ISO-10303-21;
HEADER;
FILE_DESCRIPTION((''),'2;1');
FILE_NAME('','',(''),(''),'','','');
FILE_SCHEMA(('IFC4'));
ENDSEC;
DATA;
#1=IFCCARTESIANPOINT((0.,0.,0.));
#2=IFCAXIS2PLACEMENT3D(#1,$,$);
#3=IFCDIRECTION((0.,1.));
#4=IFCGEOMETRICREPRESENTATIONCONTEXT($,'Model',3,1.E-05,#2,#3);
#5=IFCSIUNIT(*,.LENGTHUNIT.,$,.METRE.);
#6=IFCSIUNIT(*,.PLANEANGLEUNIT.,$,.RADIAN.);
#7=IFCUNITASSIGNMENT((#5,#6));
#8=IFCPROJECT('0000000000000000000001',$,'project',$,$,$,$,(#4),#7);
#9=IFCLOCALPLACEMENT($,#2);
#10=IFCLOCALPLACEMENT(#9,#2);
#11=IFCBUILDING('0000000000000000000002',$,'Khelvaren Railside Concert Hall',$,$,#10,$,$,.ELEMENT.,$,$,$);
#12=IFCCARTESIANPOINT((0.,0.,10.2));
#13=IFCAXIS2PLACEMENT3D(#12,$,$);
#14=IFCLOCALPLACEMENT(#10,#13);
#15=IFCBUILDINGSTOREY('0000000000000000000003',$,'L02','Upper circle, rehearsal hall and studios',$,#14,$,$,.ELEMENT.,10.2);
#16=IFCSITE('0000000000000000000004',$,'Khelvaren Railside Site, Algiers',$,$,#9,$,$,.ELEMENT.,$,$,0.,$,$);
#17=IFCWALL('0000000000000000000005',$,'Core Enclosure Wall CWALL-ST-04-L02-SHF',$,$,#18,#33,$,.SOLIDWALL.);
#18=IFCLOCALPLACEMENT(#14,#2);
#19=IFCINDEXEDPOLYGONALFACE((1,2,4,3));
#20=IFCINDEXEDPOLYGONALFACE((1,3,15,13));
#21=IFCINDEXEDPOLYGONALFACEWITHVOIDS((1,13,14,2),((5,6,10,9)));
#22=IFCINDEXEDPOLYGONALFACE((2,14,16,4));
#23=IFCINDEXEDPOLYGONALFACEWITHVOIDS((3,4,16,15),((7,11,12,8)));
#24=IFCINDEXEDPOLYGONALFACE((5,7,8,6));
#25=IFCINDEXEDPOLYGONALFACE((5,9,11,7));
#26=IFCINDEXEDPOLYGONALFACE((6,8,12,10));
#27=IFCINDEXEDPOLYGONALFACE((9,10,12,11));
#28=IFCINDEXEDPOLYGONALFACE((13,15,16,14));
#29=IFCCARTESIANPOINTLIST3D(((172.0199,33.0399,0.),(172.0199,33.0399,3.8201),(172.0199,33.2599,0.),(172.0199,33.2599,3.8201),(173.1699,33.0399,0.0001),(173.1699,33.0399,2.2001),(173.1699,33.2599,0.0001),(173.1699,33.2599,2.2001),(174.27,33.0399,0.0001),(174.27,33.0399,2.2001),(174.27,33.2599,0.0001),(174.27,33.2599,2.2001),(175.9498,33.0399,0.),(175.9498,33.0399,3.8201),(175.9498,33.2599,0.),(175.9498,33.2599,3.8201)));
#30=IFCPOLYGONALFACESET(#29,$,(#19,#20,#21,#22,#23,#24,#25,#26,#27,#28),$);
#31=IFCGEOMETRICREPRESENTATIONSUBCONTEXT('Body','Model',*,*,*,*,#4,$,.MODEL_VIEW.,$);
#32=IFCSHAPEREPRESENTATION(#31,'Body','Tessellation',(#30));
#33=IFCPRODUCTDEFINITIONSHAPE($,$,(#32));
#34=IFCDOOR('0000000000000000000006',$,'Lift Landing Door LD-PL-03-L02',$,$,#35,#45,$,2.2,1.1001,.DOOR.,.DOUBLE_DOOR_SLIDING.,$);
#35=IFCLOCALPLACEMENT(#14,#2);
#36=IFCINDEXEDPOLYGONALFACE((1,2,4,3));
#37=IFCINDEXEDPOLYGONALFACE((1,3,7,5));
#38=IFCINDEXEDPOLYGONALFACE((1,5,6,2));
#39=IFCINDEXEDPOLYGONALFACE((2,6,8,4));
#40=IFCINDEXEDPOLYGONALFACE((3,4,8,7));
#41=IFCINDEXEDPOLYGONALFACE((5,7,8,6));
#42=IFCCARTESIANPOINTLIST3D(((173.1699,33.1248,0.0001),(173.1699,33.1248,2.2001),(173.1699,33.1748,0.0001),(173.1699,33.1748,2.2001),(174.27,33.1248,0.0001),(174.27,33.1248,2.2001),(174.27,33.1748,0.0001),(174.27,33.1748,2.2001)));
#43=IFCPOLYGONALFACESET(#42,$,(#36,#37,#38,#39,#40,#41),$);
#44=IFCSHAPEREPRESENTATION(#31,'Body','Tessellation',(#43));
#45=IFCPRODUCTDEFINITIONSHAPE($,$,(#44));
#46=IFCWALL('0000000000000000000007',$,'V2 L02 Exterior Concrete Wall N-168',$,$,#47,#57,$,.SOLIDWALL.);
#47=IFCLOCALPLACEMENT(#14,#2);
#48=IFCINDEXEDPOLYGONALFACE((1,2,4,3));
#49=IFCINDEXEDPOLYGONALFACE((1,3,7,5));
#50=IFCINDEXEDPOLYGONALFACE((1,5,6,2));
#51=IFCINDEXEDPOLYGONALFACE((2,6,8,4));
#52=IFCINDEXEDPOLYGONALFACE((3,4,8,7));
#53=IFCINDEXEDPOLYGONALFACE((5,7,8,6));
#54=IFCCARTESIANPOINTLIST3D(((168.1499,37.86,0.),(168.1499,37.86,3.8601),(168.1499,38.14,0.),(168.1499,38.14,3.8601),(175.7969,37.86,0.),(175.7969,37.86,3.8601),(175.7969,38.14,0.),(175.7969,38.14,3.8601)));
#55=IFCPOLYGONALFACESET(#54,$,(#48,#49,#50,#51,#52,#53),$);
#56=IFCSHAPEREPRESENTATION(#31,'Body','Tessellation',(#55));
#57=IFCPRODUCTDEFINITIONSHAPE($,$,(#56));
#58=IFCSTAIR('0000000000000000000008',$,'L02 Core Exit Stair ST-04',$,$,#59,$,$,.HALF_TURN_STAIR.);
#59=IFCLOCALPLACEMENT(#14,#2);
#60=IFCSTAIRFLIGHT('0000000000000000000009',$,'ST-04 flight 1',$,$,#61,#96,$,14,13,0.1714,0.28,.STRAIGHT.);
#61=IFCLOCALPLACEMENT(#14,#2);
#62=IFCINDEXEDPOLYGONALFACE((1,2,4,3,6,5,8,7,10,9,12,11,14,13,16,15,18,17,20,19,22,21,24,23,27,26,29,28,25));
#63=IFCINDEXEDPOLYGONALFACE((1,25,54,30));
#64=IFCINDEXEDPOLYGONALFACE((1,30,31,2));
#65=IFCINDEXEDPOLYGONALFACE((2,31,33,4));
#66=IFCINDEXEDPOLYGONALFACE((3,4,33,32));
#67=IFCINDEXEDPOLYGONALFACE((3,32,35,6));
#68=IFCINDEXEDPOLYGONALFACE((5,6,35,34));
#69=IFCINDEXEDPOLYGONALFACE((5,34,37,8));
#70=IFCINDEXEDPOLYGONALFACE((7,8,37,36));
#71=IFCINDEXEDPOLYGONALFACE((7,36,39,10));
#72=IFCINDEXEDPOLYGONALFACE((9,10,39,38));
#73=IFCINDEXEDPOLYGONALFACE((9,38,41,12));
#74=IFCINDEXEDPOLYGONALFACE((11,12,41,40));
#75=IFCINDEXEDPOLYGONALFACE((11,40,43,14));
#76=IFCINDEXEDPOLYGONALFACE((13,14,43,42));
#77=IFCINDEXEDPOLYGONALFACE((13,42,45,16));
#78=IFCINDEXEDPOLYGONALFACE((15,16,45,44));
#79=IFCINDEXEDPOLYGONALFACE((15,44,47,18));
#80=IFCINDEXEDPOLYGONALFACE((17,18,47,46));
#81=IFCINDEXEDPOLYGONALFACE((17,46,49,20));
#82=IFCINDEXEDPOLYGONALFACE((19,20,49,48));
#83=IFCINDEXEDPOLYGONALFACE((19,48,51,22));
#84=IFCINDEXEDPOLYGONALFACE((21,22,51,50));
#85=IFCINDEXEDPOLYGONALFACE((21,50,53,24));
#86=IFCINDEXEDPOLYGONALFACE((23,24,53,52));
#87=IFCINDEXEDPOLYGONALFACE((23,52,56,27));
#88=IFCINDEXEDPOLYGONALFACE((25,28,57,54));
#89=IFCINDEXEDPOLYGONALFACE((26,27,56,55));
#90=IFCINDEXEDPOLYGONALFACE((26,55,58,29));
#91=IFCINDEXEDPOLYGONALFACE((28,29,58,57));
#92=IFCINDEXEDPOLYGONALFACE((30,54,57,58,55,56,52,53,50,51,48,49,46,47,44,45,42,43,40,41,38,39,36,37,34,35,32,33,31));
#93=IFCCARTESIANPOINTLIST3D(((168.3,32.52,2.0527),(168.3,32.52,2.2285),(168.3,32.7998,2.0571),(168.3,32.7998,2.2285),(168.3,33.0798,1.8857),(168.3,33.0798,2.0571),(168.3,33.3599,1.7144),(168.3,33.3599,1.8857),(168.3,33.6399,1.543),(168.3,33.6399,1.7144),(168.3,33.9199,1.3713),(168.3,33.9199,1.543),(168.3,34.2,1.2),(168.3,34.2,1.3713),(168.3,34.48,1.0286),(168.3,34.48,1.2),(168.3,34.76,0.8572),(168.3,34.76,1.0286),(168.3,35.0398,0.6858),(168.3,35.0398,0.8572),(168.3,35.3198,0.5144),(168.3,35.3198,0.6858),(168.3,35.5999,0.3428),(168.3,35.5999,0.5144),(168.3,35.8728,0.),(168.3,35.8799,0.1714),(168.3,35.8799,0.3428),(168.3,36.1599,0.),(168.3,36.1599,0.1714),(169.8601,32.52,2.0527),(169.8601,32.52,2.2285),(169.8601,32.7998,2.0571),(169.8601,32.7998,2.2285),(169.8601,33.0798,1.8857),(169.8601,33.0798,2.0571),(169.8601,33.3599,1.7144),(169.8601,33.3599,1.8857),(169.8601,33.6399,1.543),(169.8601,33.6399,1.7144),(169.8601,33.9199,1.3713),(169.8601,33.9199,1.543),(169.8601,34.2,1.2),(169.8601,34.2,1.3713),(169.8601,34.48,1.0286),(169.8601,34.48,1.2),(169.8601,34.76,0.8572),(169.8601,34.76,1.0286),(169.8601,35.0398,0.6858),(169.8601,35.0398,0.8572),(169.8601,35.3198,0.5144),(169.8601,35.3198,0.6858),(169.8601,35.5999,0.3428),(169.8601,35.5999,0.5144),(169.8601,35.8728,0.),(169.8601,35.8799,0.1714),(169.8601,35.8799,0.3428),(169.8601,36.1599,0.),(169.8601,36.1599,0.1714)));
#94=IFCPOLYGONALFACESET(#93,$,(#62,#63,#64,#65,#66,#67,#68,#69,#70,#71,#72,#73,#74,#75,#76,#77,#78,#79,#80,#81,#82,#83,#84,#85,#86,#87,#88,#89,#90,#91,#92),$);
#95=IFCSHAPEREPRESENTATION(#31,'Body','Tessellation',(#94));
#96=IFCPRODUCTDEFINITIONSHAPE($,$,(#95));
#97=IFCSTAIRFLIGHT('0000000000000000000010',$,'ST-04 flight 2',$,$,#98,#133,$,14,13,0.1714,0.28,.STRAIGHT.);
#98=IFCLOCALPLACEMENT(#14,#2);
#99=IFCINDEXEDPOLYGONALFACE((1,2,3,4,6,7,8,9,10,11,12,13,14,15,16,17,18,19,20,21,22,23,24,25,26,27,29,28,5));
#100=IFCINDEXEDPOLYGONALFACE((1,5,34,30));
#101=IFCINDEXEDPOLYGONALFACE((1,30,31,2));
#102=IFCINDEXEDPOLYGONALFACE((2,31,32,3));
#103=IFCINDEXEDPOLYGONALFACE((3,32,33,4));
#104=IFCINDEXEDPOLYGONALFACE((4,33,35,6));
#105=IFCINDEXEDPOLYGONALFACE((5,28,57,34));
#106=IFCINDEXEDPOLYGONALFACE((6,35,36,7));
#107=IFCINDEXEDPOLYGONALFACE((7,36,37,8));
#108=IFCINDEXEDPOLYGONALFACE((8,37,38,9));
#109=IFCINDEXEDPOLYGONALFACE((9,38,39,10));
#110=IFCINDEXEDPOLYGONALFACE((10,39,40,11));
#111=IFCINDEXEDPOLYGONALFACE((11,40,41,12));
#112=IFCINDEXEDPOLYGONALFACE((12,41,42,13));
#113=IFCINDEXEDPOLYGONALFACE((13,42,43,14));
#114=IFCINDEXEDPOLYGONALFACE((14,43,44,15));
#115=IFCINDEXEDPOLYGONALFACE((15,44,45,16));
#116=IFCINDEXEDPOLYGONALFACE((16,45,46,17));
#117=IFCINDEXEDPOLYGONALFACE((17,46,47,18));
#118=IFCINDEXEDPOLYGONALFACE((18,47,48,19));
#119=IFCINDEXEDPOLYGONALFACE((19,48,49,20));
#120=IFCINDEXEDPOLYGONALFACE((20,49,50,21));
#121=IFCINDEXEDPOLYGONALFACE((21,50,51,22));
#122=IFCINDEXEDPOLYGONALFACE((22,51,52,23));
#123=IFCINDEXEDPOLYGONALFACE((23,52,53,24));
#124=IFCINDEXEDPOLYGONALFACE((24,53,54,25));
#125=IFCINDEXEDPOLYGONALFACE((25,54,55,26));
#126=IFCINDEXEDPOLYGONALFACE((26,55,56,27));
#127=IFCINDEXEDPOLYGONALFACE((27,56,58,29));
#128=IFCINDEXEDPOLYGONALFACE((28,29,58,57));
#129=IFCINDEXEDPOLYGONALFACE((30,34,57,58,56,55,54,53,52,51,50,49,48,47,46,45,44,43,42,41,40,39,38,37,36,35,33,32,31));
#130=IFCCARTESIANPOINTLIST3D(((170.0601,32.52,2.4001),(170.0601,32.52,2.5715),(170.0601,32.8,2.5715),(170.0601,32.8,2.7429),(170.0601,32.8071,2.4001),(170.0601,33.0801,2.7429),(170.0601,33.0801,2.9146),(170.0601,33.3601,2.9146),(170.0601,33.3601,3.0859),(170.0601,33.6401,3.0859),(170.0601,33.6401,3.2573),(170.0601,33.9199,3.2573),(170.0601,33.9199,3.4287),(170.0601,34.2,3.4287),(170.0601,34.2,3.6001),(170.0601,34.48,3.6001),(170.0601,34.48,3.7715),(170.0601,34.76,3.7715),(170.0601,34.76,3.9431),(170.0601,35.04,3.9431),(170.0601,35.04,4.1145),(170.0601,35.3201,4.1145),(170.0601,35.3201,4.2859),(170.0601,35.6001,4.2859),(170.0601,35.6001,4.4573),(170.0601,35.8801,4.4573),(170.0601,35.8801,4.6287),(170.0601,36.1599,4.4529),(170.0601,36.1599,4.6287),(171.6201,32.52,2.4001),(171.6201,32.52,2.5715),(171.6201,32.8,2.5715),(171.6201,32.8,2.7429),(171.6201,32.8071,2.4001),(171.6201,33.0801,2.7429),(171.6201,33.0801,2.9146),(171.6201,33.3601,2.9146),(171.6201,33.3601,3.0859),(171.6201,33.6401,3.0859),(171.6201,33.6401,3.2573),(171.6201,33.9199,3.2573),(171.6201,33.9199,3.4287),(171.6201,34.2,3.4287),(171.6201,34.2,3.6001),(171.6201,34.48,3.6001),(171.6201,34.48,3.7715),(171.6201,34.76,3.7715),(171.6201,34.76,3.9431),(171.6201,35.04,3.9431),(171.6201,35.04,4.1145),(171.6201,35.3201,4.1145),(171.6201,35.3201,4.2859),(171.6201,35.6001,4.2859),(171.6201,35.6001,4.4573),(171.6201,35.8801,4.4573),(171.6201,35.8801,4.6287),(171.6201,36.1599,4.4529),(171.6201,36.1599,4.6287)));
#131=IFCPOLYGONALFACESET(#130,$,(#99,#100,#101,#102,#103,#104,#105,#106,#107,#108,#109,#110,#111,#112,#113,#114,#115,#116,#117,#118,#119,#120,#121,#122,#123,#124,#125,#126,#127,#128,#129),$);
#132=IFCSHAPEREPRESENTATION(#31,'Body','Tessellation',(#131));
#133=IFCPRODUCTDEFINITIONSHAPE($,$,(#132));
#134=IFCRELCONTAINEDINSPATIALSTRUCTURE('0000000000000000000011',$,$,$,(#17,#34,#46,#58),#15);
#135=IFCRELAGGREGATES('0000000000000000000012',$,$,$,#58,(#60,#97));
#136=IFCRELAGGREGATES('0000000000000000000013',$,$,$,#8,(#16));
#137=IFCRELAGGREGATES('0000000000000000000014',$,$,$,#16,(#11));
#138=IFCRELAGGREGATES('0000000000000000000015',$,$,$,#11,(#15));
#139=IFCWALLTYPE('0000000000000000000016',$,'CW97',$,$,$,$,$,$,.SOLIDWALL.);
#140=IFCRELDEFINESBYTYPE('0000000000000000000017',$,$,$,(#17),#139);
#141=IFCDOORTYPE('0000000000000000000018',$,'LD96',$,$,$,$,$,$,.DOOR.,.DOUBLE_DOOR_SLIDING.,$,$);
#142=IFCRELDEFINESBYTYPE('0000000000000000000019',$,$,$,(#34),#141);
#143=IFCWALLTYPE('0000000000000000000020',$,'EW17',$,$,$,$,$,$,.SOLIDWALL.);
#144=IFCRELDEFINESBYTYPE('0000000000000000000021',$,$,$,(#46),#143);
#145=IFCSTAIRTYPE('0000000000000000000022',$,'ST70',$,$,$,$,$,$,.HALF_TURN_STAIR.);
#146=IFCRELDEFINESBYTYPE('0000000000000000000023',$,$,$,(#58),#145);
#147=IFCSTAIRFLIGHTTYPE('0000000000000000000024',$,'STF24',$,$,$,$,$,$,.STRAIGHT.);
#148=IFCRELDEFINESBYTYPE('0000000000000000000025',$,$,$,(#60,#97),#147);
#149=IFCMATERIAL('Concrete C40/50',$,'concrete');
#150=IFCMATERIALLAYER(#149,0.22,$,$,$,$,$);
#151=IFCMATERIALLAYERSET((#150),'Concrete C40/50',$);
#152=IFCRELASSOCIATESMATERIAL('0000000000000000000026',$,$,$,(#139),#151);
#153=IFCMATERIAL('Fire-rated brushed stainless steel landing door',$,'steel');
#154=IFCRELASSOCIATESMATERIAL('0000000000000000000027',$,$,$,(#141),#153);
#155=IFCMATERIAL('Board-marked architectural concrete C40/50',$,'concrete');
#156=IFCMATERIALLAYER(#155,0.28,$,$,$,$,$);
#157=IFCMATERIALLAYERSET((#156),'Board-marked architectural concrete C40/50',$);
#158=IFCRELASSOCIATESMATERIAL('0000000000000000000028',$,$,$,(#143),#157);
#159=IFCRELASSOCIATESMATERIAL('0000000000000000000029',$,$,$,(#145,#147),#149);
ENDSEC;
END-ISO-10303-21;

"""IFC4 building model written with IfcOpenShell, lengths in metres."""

from ifc_helpers import new_model, si_unit, direction, frame, frame_2d, origin, place, context, subcontext, project, spatial, polyline, rectangle, outline, extrude, material, layer, layer_set, type_object, element, fill, aggregate, save


model = new_model("IFC4")

# Units and contexts
model_context = context("Model", 3, precision=1e-05, world=origin(), true_north=direction((0.0, 1.0)))
body_context = subcontext(model_context, "Body", "Model", "MODEL_VIEW")
ifc_project = project(units=[si_unit("LENGTHUNIT", "METRE"), si_unit("PLANEANGLEUNIT", "RADIAN")], contexts=[model_context])

# Site, building, storey
site_placement = place(None, origin())
site = spatial("IfcSite", under=ifc_project, at=site_placement, Name="Khelvaren Railside Site, Algiers", CompositionType="ELEMENT", RefElevation=0.0)
building_placement = place(site_placement, origin())
building = spatial("IfcBuilding", under=site, at=building_placement, Name="Khelvaren Railside Concert Hall", CompositionType="ELEMENT")
storey_placement = place(building_placement, frame((0.0, 0.0, 10.2)))
storey = spatial("IfcBuildingStorey", under=building, at=storey_placement, Name="L02", Description="Upper circle, rehearsal hall and studios", CompositionType="ELEMENT", Elevation=10.2)

# Shared definitions
ifc_material_1 = material(Name="Concrete C40/50", Category="concrete")

# Wall, opening, door
ifc_layer_1 = layer(ifc_material_1, 0.22)
ifc_layer_set_1 = layer_set([ifc_layer_1], Name="Concrete C40/50")
wall_type_1 = type_object("IfcWallType", Name="CW97", PredefinedType="SOLIDWALL", material=ifc_layer_set_1)
wall_1_placement = place(storey_placement, frame((172.02, 33.1499, 0.0), z_axis=(0.0, 0.0, 1.0), x_axis=(1.0, 0.0, 0.0)))
wall_1 = element("IfcWall", 1, at=wall_1_placement, inside=storey, type_object=wall_type_1, Name="Core Enclosure Wall CWALL-ST-04-L02-SHF", PredefinedType="SOLIDWALL", context=body_context, shape_type="SweptSolid", body=[
    extrude(rectangle(XDim=3.9299, YDim=0.22, at=frame_2d((1.9648, 0.0))), origin(), (0.0, 0.0, 1.0), 3.8201),
])
opening_placement = place(wall_1_placement, frame((1.1499, 0.0, 0.0)))
opening = element("IfcOpeningElement", 2, at=opening_placement, cuts=wall_1, PredefinedType="OPENING", context=body_context, shape_type="SweptSolid", body=[
    extrude(rectangle(XDim=1.1001, YDim=2.2, at=frame_2d((0.55, 1.1001))), frame((0.0, 0.1199, 0.0), z_axis=(0.0, -1.0, 0.0), x_axis=(1.0, 0.0, 0.0)), (0.0, 0.0, 1.0), 0.24),
])
ifc_material_2 = material(Name="Fire-rated brushed stainless steel landing door", Category="steel")
door_type = type_object("IfcDoorType", Name="LD96", OperationType="DOUBLE_DOOR_SLIDING", PredefinedType="DOOR", material=ifc_material_2)
door_placement = place(opening_placement, origin())
door = element("IfcDoor", 3, at=door_placement, inside=storey, type_object=door_type, Name="Lift Landing Door LD-PL-03-L02", OperationType="DOUBLE_DOOR_SLIDING", OverallHeight=2.2, OverallWidth=1.1001, PredefinedType="DOOR", context=body_context, shape_type="SweptSolid", body=[
    extrude(rectangle(XDim=1.1001, YDim=2.2, at=frame_2d((0.55, 1.1001))), frame((0.0, 0.0249, 0.0), z_axis=(0.0, -1.0, 0.0), x_axis=(1.0, 0.0, 0.0)), (0.0, 0.0, 1.0), 0.05),
])
fill(opening, door)

# Wall
ifc_material_3 = material(Name="Board-marked architectural concrete C40/50", Category="concrete")
ifc_layer_2 = layer(ifc_material_3, 0.28)
ifc_layer_set_2 = layer_set([ifc_layer_2], Name="Board-marked architectural concrete C40/50")
wall_type_2 = type_object("IfcWallType", Name="EW17", PredefinedType="SOLIDWALL", material=ifc_layer_set_2)
wall_2_placement = place(storey_placement, frame((168.1499, 38.0, 0.0), z_axis=(0.0, 0.0, 1.0), x_axis=(1.0, 0.0, 0.0)))
element("IfcWall", 4, at=wall_2_placement, inside=storey, type_object=wall_type_2, Name="V2 L02 Exterior Concrete Wall N-168", PredefinedType="SOLIDWALL", context=body_context, shape_type="SweptSolid", body=[
    extrude(rectangle(XDim=7.647, YDim=0.28, at=frame_2d((3.8235, 0.0))), origin(), (0.0, 0.0, 1.0), 3.8601),
])

# Stair, stair flights
stair_type = type_object("IfcStairType", Name="ST70", PredefinedType="HALF_TURN_STAIR", material=ifc_material_1)
stair_placement = place(storey_placement, origin())
stair = element("IfcStair", 5, at=stair_placement, inside=storey, type_object=stair_type, Name="L02 Core Exit Stair ST-04", PredefinedType="HALF_TURN_STAIR")
stair_flight_type = type_object("IfcStairFlightType", Name="STF24", PredefinedType="STRAIGHT", material=ifc_material_1)
stair_flight_1_placement = place(storey_placement, frame((169.0801, 36.1599, 0.0), z_axis=(0.0, 0.0, 1.0), x_axis=(0.0, -1.0, 0.0)))
stair_flight_1 = element("IfcStairFlight", 6, at=stair_flight_1_placement, type_object=stair_flight_type, Name="ST-04 flight 1", NumberOfRisers=14, NumberOfTreads=13, PredefinedType="STRAIGHT", RiserHeight=0.1714, TreadLength=0.28, context=body_context, shape_type="SweptSolid", body=[
    extrude(outline(polyline([(0.0, 0.0), (0.0, 0.1714), (0.28, 0.1714), (0.28, 0.3428), (0.5601, 0.3428), (0.5601, 0.5144), (0.8401, 0.5144), (0.8401, 0.6858), (1.1201, 0.6858), (1.1201, 0.8572), (1.3999, 0.8572), (1.3999, 1.0286), (1.6799, 1.0286), (1.6799, 1.2), (1.96, 1.2), (1.96, 1.3713), (2.24, 1.3713), (2.24, 1.543), (2.52, 1.543), (2.52, 1.7144), (2.8, 1.7144), (2.8, 1.8857), (3.0801, 1.8857), (3.0801, 2.0571), (3.3601, 2.0571), (3.3601, 2.2285), (3.6399, 2.2285), (3.6399, 2.3999), (3.6399, 2.0527), (0.2871, 0.0), (0.0, 0.0)])), frame((0.0, 0.78, 0.0), z_axis=(0.0, -1.0, 0.0), x_axis=(1.0, 0.0, 0.0)), (0.0, 0.0, 1.0), 1.5601),
])
stair_flight_2_placement = place(storey_placement, frame((170.8401, 32.52, 2.4001), z_axis=(0.0, 0.0, 1.0), x_axis=(0.0, 1.0, 0.0)))
stair_flight_2 = element("IfcStairFlight", 7, at=stair_flight_2_placement, type_object=stair_flight_type, Name="ST-04 flight 2", NumberOfRisers=14, NumberOfTreads=13, PredefinedType="STRAIGHT", RiserHeight=0.1714, TreadLength=0.28, context=body_context, shape_type="SweptSolid", body=[
    extrude(outline(polyline([(0.0, 0.0), (0.0, 0.1714), (0.28, 0.1714), (0.28, 0.3428), (0.5601, 0.3428), (0.5601, 0.5144), (0.8401, 0.5144), (0.8401, 0.6858), (1.1201, 0.6858), (1.1201, 0.8572), (1.3999, 0.8572), (1.3999, 1.0286), (1.6799, 1.0286), (1.6799, 1.2), (1.96, 1.2), (1.96, 1.3713), (2.24, 1.3713), (2.24, 1.543), (2.52, 1.543), (2.52, 1.7144), (2.8, 1.7144), (2.8, 1.8857), (3.0801, 1.8857), (3.0801, 2.0571), (3.3601, 2.0571), (3.3601, 2.2285), (3.6399, 2.2285), (3.6399, 2.3999), (3.6399, 2.0527), (0.2871, 0.0), (0.0, 0.0)])), frame((0.0, 0.78, 0.0), z_axis=(0.0, -1.0, 0.0), x_axis=(1.0, 0.0, 0.0)), (0.0, 0.0, 1.0), 1.5601),
])
aggregate(stair, [stair_flight_1, stair_flight_2])

save(model, "model.ifc")
